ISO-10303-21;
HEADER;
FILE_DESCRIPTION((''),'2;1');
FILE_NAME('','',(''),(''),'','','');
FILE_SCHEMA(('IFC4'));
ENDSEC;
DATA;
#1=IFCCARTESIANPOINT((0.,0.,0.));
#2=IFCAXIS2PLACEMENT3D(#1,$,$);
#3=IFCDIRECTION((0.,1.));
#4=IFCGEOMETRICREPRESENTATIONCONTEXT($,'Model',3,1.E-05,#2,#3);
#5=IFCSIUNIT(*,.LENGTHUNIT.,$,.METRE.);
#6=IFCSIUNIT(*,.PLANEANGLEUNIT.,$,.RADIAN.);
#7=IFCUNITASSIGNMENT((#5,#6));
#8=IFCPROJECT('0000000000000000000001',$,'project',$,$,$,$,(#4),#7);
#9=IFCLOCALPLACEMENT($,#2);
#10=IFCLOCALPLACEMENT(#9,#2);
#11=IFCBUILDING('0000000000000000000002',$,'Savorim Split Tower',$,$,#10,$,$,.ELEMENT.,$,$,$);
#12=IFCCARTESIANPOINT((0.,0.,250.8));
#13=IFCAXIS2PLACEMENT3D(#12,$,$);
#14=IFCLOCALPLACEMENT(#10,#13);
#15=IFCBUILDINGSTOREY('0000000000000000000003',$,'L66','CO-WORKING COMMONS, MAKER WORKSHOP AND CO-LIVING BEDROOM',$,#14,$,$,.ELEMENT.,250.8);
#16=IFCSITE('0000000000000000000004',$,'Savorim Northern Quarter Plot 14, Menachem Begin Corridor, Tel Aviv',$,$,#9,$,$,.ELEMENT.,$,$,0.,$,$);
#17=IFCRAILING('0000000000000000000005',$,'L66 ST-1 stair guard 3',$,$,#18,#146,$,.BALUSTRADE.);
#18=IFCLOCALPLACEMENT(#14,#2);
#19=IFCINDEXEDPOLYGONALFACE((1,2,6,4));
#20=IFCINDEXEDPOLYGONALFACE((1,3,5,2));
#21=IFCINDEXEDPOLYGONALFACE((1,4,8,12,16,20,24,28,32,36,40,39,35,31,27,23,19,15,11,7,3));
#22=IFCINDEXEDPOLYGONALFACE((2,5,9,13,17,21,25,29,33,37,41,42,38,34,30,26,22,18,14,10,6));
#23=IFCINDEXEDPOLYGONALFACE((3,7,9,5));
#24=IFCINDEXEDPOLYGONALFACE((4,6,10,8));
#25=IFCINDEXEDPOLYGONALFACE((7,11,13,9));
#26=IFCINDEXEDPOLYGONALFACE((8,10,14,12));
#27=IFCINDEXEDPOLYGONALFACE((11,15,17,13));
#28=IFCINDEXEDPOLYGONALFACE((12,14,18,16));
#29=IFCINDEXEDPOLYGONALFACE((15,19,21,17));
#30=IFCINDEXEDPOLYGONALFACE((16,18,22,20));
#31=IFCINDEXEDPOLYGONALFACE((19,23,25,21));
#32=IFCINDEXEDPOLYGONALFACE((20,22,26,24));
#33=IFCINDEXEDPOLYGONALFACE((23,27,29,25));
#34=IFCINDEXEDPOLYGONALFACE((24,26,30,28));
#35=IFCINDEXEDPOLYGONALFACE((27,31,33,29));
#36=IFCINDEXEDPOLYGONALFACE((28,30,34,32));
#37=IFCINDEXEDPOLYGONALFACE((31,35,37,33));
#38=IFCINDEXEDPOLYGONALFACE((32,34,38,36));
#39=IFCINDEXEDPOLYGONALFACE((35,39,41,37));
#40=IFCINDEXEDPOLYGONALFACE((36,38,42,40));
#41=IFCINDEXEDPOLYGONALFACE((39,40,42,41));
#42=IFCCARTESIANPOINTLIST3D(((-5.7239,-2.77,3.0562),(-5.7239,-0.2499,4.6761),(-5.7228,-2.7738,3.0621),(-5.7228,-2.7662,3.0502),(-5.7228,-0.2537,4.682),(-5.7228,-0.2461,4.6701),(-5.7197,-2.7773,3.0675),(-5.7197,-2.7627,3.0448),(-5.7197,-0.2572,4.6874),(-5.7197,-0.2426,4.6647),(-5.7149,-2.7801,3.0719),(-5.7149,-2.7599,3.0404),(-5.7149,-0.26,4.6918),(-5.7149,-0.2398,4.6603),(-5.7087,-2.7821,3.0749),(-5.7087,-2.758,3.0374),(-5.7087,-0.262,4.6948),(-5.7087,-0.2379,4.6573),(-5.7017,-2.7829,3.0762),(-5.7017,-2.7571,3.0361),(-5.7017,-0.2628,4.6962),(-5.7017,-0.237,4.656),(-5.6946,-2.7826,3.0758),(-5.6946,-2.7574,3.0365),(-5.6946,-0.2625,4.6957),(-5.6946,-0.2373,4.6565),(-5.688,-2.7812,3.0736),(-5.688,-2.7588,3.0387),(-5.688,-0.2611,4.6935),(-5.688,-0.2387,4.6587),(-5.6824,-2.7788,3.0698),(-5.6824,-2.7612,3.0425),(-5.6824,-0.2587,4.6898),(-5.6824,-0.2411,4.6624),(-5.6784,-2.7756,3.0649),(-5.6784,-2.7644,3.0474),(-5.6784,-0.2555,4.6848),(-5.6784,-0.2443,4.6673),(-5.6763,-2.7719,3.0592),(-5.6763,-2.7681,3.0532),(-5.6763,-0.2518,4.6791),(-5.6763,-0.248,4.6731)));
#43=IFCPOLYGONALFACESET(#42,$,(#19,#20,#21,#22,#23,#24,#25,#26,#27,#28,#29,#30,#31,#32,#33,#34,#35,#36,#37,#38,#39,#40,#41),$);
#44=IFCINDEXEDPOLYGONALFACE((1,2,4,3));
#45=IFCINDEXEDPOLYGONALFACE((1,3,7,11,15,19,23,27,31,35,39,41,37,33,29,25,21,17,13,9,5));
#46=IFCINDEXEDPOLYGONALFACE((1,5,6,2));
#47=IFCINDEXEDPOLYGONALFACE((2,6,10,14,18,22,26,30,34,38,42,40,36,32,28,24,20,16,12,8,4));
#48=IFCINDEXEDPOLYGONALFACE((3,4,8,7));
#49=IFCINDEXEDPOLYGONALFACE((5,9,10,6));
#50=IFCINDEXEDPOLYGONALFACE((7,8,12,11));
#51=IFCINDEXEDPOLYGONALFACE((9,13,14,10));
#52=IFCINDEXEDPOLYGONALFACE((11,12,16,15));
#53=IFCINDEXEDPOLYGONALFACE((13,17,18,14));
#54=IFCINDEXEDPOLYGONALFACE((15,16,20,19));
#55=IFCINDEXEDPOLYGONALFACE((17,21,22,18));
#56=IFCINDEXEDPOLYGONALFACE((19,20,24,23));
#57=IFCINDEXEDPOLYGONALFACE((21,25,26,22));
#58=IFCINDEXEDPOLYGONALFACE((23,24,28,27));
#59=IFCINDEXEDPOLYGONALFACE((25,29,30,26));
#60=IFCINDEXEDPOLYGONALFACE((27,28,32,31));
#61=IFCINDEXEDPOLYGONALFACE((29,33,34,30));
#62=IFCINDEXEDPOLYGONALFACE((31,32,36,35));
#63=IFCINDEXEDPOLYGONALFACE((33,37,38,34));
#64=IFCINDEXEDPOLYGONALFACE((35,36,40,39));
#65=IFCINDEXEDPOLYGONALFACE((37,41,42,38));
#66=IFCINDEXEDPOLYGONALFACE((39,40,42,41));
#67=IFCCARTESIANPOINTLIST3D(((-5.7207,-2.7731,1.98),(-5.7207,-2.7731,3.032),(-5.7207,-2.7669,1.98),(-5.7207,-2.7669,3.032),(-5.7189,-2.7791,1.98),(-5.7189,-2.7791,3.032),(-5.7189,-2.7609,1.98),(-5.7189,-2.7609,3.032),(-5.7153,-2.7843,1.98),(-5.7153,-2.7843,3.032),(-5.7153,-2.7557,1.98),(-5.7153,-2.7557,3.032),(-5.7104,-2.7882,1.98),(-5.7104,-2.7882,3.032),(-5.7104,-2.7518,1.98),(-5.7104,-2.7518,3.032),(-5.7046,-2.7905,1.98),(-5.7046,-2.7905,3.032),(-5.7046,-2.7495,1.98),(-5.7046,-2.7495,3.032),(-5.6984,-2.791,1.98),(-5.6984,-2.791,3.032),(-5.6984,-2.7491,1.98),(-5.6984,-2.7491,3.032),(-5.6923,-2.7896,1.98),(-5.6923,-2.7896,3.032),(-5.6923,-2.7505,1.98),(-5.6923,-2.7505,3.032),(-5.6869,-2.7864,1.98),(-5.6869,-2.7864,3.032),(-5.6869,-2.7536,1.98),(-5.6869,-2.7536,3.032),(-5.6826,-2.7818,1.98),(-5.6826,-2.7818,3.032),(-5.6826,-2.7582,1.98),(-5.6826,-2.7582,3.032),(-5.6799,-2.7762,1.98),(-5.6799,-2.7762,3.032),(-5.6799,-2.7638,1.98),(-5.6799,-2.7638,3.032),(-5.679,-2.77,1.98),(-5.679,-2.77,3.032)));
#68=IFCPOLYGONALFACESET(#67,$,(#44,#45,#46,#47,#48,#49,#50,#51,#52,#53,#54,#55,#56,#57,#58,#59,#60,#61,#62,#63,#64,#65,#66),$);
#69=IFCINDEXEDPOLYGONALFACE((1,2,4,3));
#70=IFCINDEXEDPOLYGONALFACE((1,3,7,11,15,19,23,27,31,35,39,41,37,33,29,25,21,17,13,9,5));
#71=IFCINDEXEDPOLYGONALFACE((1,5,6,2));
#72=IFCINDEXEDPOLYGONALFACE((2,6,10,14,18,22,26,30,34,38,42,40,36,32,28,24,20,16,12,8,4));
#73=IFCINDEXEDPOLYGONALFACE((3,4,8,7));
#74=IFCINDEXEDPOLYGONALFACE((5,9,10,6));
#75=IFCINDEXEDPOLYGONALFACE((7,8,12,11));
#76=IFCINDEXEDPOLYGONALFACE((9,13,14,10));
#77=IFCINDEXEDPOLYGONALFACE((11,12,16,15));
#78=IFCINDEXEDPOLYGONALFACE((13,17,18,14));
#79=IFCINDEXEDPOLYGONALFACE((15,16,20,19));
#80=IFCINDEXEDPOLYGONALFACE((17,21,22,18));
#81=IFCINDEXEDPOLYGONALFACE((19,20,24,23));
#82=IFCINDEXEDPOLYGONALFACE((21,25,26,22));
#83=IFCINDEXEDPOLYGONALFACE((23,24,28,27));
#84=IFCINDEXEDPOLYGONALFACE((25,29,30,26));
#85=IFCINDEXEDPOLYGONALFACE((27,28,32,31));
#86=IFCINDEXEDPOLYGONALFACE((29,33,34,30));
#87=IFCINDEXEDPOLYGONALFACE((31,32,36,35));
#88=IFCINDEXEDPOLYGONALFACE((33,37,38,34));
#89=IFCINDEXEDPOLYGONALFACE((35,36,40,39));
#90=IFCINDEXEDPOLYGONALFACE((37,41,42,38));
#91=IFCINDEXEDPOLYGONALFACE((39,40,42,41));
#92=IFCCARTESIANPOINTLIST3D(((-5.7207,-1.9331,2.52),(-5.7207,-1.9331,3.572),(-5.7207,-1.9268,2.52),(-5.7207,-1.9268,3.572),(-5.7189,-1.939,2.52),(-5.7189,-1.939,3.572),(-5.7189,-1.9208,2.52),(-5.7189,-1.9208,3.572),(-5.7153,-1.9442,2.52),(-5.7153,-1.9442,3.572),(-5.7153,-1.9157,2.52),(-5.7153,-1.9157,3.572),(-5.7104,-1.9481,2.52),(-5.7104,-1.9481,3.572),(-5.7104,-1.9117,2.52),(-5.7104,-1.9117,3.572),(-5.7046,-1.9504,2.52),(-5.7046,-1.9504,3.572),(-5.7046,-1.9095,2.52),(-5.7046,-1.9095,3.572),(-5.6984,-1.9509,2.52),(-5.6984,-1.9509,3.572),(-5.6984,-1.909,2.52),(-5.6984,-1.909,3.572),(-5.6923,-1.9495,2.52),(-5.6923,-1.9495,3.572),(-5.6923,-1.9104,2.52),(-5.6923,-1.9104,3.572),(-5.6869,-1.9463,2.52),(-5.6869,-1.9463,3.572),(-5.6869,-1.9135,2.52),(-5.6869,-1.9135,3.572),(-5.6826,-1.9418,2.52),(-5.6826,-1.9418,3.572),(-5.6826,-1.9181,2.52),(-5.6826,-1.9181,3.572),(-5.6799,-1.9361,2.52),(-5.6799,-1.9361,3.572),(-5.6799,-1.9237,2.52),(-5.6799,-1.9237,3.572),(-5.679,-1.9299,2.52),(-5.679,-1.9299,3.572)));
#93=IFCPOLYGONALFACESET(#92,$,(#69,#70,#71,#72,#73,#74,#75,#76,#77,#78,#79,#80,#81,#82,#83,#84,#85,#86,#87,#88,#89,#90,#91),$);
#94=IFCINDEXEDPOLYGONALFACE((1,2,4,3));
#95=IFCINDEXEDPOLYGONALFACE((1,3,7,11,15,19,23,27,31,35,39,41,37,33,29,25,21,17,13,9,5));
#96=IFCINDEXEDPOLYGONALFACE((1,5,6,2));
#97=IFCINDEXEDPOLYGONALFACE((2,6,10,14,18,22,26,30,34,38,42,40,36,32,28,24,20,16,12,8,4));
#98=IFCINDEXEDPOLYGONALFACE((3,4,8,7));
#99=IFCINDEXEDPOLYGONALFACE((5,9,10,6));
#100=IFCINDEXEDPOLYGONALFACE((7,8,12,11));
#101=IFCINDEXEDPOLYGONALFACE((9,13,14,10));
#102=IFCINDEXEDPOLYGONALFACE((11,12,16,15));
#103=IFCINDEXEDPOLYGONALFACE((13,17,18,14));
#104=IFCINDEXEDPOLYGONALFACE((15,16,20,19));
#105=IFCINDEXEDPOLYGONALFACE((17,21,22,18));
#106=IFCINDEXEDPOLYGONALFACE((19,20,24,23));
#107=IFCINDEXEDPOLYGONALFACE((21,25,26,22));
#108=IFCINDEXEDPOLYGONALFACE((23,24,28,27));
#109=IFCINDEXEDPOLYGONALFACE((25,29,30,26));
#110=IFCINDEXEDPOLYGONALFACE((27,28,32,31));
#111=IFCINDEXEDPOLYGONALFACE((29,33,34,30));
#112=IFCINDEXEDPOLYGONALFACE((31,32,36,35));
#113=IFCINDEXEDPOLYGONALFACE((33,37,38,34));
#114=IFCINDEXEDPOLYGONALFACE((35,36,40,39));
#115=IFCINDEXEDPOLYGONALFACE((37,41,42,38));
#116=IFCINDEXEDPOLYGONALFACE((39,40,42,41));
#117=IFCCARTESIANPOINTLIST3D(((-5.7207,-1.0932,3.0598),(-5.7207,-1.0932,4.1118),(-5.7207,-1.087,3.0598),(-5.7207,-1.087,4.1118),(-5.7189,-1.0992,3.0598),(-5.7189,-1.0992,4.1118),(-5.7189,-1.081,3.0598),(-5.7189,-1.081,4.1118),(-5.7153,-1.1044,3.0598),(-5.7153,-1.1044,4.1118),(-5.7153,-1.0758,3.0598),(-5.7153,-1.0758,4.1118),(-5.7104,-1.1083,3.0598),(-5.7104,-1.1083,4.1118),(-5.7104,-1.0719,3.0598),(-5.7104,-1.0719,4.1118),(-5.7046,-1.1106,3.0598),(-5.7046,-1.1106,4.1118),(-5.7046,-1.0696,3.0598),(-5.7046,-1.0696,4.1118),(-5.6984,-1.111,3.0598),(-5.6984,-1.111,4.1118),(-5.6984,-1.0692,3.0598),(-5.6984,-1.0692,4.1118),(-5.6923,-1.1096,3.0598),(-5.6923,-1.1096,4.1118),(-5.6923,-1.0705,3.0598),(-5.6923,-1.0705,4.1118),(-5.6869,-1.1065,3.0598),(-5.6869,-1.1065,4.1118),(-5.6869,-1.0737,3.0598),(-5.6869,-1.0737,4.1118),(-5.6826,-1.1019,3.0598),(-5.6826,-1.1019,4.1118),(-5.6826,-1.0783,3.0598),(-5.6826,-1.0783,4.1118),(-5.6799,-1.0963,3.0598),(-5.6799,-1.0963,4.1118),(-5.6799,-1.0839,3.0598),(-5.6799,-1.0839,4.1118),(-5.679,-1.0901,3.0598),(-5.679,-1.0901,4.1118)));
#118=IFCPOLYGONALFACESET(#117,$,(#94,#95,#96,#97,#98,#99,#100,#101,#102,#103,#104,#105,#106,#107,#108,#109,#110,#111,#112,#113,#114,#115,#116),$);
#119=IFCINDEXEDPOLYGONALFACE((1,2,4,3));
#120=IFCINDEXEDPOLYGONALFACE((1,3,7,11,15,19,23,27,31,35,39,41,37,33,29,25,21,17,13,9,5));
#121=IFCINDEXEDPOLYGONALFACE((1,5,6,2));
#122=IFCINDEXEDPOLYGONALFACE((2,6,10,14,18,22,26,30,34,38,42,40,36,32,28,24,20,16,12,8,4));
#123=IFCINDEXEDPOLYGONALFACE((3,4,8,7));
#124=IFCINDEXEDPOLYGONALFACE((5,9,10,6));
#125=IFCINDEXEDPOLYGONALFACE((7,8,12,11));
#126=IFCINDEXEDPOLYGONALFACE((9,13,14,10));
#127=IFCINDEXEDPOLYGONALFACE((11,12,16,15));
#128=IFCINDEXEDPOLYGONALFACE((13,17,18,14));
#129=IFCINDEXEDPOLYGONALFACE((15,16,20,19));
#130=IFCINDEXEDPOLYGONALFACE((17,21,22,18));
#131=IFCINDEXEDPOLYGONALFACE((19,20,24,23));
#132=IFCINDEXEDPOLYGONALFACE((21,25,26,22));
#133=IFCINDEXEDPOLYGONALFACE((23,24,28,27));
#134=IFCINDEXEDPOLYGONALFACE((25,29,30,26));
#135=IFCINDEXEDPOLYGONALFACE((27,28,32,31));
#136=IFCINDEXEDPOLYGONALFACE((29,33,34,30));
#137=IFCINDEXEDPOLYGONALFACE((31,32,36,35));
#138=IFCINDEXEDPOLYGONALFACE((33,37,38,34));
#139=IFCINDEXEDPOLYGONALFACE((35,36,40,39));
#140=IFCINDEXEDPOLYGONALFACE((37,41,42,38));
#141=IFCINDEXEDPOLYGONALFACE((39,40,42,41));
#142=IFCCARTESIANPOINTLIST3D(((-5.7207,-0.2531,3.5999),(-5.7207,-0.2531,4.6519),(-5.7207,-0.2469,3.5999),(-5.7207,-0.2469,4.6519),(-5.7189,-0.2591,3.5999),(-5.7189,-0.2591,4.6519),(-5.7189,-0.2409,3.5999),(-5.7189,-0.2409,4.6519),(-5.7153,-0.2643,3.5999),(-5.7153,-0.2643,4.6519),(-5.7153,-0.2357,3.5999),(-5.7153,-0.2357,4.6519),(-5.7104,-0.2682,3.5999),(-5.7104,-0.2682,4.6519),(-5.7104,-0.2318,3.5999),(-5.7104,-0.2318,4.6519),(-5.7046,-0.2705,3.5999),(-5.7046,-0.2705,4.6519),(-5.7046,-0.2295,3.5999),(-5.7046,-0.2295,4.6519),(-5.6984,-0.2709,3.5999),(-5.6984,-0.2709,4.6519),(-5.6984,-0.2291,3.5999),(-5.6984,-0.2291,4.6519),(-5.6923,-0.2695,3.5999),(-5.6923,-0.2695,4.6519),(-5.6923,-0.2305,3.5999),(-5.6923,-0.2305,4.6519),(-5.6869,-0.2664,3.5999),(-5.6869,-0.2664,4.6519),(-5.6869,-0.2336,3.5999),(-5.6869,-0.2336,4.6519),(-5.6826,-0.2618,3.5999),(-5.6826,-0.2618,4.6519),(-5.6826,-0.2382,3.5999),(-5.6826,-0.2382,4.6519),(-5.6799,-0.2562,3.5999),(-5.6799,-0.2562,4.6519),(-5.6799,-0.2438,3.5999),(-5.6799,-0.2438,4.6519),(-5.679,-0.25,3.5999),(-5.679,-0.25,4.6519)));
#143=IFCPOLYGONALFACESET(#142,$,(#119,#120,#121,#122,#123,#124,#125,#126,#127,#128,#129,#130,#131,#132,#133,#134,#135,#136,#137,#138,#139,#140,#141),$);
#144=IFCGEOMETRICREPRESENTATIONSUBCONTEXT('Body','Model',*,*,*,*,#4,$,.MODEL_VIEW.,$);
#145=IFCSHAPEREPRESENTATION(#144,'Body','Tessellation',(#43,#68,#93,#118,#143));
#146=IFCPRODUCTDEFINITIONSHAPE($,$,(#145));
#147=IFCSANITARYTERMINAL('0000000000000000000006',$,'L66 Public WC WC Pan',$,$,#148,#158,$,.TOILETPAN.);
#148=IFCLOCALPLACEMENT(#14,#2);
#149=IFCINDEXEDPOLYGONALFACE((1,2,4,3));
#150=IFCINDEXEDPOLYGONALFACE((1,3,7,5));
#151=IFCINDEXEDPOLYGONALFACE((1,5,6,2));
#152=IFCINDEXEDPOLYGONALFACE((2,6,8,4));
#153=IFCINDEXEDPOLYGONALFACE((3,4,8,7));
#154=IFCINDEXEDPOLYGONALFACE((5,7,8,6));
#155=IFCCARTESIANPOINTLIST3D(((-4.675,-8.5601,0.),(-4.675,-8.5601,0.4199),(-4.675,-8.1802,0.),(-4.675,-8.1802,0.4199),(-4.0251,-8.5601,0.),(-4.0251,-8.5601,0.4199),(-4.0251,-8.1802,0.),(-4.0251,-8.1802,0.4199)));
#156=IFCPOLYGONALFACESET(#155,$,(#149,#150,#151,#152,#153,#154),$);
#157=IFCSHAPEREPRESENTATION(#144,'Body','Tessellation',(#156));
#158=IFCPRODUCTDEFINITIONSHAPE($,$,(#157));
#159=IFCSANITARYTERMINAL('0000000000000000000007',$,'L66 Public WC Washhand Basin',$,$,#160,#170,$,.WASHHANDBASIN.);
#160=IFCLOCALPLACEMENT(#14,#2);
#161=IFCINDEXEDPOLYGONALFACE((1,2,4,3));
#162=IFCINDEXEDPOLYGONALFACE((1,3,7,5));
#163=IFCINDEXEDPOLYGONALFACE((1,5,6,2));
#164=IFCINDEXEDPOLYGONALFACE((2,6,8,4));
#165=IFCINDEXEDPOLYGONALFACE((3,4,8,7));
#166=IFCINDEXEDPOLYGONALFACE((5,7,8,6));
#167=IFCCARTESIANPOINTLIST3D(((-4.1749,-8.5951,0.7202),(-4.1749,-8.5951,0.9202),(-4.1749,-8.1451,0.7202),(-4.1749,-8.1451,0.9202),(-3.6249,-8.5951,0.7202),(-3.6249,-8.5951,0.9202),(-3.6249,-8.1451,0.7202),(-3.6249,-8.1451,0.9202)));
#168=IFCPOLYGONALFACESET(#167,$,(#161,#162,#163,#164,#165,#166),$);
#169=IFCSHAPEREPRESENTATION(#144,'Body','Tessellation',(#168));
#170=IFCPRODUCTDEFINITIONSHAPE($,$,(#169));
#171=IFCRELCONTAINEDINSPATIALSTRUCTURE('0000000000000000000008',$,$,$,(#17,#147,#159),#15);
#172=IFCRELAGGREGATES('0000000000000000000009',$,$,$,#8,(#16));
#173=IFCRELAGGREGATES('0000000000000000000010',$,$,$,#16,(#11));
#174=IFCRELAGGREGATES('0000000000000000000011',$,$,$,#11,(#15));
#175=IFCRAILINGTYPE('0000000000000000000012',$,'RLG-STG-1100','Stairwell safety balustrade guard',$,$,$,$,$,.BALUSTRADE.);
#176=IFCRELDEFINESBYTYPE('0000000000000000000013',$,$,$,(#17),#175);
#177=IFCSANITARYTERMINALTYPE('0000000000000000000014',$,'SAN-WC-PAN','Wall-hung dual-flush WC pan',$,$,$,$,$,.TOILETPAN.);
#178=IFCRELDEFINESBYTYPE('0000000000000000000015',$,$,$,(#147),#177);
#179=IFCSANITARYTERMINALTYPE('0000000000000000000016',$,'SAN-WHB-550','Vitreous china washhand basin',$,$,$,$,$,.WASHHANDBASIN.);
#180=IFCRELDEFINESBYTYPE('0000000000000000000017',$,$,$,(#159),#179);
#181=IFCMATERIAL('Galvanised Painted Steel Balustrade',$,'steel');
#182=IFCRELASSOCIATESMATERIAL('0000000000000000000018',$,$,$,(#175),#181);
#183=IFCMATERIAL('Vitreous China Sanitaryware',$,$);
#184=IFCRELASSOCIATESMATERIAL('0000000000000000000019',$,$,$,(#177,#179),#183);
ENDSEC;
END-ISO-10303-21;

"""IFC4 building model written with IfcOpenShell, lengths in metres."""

from ifc_helpers import new_model, si_unit, direction, frame, origin, origin_2d, place, context, subcontext, project, spatial, rectangle, circle, extrude, material, type_object, element, save


model = new_model("IFC4")

# Units and contexts
model_context = context("Model", 3, precision=1e-05, world=origin(), true_north=direction((0.0, 1.0)))
body_context = subcontext(model_context, "Body", "Model", "MODEL_VIEW")
ifc_project = project(units=[si_unit("LENGTHUNIT", "METRE"), si_unit("PLANEANGLEUNIT", "RADIAN")], contexts=[model_context])

# Site, building, storey
site_placement = place(None, origin())
site = spatial("IfcSite", under=ifc_project, at=site_placement, Name="Savorim Northern Quarter Plot 14, Menachem Begin Corridor, Tel Aviv", CompositionType="ELEMENT", RefElevation=0.0)
building_placement = place(site_placement, origin())
building = spatial("IfcBuilding", under=site, at=building_placement, Name="Savorim Split Tower", CompositionType="ELEMENT")
storey_placement = place(building_placement, frame((0.0, 0.0, 250.8)))
storey = spatial("IfcBuildingStorey", under=building, at=storey_placement, Name="L66", Description="CO-WORKING COMMONS, MAKER WORKSHOP AND CO-LIVING BEDROOM", CompositionType="ELEMENT", Elevation=250.8)

# Railing
ifc_material_1 = material(Name="Galvanised Painted Steel Balustrade", Category="steel")
railing_type_1 = type_object("IfcRailingType", Name="RLG-STG-1100", Description="Stairwell safety balustrade guard", PredefinedType="BALUSTRADE", material=ifc_material_1)
railing_1_placement = place(storey_placement, frame((-5.7, -2.77, 1.98)))
element("IfcRailing", 1, at=railing_1_placement, inside=storey, type_object=railing_type_1, Name="L66 ST-1 stair guard 3", PredefinedType="BALUSTRADE", context=body_context, shape_type="SweptSolid", body=[
    extrude(circle(Radius=0.0239, at=origin_2d()), frame((0.0, 0.0, 1.0762), z_axis=(0.0, 0.8412, 0.540725), x_axis=(-1.0, 0.0, 0.0)), (0.0, 0.0, 1.0), 2.9958),
    extrude(circle(Radius=0.021, at=origin_2d()), origin(), (0.0, 0.0, 1.0), 1.052),
    extrude(circle(Radius=0.021, at=origin_2d()), frame((0.0, 0.8401, 0.54)), (0.0, 0.0, 1.0), 1.052),
    extrude(circle(Radius=0.021, at=origin_2d()), frame((0.0, 1.6799, 1.0798)), (0.0, 0.0, 1.0), 1.052),
    extrude(circle(Radius=0.021, at=origin_2d()), frame((0.0, 2.52, 1.6199)), (0.0, 0.0, 1.0), 1.052),
])

# Sanitary terminals
ifc_material_2 = material(Name="Vitreous China Sanitaryware")
sanitary_terminal_type_1 = type_object("IfcSanitaryTerminalType", Name="SAN-WC-PAN", Description="Wall-hung dual-flush WC pan", PredefinedType="TOILETPAN", material=ifc_material_2)
sanitary_terminal_1_placement = place(storey_placement, frame((-4.3501, -8.3701, 0.0), z_axis=(0.0, 0.0, 1.0), x_axis=(1.0, 0.0, 0.0)))
element("IfcSanitaryTerminal", 2, at=sanitary_terminal_1_placement, inside=storey, type_object=sanitary_terminal_type_1, Name="L66 Public WC WC Pan", PredefinedType="TOILETPAN", context=body_context, shape_type="SweptSolid", body=[
    extrude(rectangle(XDim=0.6499, YDim=0.3799, at=origin_2d()), origin(), (0.0, 0.0, 1.0), 0.4199),
])
sanitary_terminal_type_2 = type_object("IfcSanitaryTerminalType", Name="SAN-WHB-550", Description="Vitreous china washhand basin", PredefinedType="WASHHANDBASIN", material=ifc_material_2)
sanitary_terminal_2_placement = place(storey_placement, frame((-3.8999, -8.3701, 0.7202), z_axis=(0.0, 0.0, 1.0), x_axis=(1.0, 0.0, 0.0)))
element("IfcSanitaryTerminal", 3, at=sanitary_terminal_2_placement, inside=storey, type_object=sanitary_terminal_type_2, Name="L66 Public WC Washhand Basin", PredefinedType="WASHHANDBASIN", context=body_context, shape_type="SweptSolid", body=[
    extrude(rectangle(XDim=0.55, YDim=0.45, at=origin_2d()), origin(), (0.0, 0.0, 1.0), 0.2),
])

save(model, "model.ifc")
